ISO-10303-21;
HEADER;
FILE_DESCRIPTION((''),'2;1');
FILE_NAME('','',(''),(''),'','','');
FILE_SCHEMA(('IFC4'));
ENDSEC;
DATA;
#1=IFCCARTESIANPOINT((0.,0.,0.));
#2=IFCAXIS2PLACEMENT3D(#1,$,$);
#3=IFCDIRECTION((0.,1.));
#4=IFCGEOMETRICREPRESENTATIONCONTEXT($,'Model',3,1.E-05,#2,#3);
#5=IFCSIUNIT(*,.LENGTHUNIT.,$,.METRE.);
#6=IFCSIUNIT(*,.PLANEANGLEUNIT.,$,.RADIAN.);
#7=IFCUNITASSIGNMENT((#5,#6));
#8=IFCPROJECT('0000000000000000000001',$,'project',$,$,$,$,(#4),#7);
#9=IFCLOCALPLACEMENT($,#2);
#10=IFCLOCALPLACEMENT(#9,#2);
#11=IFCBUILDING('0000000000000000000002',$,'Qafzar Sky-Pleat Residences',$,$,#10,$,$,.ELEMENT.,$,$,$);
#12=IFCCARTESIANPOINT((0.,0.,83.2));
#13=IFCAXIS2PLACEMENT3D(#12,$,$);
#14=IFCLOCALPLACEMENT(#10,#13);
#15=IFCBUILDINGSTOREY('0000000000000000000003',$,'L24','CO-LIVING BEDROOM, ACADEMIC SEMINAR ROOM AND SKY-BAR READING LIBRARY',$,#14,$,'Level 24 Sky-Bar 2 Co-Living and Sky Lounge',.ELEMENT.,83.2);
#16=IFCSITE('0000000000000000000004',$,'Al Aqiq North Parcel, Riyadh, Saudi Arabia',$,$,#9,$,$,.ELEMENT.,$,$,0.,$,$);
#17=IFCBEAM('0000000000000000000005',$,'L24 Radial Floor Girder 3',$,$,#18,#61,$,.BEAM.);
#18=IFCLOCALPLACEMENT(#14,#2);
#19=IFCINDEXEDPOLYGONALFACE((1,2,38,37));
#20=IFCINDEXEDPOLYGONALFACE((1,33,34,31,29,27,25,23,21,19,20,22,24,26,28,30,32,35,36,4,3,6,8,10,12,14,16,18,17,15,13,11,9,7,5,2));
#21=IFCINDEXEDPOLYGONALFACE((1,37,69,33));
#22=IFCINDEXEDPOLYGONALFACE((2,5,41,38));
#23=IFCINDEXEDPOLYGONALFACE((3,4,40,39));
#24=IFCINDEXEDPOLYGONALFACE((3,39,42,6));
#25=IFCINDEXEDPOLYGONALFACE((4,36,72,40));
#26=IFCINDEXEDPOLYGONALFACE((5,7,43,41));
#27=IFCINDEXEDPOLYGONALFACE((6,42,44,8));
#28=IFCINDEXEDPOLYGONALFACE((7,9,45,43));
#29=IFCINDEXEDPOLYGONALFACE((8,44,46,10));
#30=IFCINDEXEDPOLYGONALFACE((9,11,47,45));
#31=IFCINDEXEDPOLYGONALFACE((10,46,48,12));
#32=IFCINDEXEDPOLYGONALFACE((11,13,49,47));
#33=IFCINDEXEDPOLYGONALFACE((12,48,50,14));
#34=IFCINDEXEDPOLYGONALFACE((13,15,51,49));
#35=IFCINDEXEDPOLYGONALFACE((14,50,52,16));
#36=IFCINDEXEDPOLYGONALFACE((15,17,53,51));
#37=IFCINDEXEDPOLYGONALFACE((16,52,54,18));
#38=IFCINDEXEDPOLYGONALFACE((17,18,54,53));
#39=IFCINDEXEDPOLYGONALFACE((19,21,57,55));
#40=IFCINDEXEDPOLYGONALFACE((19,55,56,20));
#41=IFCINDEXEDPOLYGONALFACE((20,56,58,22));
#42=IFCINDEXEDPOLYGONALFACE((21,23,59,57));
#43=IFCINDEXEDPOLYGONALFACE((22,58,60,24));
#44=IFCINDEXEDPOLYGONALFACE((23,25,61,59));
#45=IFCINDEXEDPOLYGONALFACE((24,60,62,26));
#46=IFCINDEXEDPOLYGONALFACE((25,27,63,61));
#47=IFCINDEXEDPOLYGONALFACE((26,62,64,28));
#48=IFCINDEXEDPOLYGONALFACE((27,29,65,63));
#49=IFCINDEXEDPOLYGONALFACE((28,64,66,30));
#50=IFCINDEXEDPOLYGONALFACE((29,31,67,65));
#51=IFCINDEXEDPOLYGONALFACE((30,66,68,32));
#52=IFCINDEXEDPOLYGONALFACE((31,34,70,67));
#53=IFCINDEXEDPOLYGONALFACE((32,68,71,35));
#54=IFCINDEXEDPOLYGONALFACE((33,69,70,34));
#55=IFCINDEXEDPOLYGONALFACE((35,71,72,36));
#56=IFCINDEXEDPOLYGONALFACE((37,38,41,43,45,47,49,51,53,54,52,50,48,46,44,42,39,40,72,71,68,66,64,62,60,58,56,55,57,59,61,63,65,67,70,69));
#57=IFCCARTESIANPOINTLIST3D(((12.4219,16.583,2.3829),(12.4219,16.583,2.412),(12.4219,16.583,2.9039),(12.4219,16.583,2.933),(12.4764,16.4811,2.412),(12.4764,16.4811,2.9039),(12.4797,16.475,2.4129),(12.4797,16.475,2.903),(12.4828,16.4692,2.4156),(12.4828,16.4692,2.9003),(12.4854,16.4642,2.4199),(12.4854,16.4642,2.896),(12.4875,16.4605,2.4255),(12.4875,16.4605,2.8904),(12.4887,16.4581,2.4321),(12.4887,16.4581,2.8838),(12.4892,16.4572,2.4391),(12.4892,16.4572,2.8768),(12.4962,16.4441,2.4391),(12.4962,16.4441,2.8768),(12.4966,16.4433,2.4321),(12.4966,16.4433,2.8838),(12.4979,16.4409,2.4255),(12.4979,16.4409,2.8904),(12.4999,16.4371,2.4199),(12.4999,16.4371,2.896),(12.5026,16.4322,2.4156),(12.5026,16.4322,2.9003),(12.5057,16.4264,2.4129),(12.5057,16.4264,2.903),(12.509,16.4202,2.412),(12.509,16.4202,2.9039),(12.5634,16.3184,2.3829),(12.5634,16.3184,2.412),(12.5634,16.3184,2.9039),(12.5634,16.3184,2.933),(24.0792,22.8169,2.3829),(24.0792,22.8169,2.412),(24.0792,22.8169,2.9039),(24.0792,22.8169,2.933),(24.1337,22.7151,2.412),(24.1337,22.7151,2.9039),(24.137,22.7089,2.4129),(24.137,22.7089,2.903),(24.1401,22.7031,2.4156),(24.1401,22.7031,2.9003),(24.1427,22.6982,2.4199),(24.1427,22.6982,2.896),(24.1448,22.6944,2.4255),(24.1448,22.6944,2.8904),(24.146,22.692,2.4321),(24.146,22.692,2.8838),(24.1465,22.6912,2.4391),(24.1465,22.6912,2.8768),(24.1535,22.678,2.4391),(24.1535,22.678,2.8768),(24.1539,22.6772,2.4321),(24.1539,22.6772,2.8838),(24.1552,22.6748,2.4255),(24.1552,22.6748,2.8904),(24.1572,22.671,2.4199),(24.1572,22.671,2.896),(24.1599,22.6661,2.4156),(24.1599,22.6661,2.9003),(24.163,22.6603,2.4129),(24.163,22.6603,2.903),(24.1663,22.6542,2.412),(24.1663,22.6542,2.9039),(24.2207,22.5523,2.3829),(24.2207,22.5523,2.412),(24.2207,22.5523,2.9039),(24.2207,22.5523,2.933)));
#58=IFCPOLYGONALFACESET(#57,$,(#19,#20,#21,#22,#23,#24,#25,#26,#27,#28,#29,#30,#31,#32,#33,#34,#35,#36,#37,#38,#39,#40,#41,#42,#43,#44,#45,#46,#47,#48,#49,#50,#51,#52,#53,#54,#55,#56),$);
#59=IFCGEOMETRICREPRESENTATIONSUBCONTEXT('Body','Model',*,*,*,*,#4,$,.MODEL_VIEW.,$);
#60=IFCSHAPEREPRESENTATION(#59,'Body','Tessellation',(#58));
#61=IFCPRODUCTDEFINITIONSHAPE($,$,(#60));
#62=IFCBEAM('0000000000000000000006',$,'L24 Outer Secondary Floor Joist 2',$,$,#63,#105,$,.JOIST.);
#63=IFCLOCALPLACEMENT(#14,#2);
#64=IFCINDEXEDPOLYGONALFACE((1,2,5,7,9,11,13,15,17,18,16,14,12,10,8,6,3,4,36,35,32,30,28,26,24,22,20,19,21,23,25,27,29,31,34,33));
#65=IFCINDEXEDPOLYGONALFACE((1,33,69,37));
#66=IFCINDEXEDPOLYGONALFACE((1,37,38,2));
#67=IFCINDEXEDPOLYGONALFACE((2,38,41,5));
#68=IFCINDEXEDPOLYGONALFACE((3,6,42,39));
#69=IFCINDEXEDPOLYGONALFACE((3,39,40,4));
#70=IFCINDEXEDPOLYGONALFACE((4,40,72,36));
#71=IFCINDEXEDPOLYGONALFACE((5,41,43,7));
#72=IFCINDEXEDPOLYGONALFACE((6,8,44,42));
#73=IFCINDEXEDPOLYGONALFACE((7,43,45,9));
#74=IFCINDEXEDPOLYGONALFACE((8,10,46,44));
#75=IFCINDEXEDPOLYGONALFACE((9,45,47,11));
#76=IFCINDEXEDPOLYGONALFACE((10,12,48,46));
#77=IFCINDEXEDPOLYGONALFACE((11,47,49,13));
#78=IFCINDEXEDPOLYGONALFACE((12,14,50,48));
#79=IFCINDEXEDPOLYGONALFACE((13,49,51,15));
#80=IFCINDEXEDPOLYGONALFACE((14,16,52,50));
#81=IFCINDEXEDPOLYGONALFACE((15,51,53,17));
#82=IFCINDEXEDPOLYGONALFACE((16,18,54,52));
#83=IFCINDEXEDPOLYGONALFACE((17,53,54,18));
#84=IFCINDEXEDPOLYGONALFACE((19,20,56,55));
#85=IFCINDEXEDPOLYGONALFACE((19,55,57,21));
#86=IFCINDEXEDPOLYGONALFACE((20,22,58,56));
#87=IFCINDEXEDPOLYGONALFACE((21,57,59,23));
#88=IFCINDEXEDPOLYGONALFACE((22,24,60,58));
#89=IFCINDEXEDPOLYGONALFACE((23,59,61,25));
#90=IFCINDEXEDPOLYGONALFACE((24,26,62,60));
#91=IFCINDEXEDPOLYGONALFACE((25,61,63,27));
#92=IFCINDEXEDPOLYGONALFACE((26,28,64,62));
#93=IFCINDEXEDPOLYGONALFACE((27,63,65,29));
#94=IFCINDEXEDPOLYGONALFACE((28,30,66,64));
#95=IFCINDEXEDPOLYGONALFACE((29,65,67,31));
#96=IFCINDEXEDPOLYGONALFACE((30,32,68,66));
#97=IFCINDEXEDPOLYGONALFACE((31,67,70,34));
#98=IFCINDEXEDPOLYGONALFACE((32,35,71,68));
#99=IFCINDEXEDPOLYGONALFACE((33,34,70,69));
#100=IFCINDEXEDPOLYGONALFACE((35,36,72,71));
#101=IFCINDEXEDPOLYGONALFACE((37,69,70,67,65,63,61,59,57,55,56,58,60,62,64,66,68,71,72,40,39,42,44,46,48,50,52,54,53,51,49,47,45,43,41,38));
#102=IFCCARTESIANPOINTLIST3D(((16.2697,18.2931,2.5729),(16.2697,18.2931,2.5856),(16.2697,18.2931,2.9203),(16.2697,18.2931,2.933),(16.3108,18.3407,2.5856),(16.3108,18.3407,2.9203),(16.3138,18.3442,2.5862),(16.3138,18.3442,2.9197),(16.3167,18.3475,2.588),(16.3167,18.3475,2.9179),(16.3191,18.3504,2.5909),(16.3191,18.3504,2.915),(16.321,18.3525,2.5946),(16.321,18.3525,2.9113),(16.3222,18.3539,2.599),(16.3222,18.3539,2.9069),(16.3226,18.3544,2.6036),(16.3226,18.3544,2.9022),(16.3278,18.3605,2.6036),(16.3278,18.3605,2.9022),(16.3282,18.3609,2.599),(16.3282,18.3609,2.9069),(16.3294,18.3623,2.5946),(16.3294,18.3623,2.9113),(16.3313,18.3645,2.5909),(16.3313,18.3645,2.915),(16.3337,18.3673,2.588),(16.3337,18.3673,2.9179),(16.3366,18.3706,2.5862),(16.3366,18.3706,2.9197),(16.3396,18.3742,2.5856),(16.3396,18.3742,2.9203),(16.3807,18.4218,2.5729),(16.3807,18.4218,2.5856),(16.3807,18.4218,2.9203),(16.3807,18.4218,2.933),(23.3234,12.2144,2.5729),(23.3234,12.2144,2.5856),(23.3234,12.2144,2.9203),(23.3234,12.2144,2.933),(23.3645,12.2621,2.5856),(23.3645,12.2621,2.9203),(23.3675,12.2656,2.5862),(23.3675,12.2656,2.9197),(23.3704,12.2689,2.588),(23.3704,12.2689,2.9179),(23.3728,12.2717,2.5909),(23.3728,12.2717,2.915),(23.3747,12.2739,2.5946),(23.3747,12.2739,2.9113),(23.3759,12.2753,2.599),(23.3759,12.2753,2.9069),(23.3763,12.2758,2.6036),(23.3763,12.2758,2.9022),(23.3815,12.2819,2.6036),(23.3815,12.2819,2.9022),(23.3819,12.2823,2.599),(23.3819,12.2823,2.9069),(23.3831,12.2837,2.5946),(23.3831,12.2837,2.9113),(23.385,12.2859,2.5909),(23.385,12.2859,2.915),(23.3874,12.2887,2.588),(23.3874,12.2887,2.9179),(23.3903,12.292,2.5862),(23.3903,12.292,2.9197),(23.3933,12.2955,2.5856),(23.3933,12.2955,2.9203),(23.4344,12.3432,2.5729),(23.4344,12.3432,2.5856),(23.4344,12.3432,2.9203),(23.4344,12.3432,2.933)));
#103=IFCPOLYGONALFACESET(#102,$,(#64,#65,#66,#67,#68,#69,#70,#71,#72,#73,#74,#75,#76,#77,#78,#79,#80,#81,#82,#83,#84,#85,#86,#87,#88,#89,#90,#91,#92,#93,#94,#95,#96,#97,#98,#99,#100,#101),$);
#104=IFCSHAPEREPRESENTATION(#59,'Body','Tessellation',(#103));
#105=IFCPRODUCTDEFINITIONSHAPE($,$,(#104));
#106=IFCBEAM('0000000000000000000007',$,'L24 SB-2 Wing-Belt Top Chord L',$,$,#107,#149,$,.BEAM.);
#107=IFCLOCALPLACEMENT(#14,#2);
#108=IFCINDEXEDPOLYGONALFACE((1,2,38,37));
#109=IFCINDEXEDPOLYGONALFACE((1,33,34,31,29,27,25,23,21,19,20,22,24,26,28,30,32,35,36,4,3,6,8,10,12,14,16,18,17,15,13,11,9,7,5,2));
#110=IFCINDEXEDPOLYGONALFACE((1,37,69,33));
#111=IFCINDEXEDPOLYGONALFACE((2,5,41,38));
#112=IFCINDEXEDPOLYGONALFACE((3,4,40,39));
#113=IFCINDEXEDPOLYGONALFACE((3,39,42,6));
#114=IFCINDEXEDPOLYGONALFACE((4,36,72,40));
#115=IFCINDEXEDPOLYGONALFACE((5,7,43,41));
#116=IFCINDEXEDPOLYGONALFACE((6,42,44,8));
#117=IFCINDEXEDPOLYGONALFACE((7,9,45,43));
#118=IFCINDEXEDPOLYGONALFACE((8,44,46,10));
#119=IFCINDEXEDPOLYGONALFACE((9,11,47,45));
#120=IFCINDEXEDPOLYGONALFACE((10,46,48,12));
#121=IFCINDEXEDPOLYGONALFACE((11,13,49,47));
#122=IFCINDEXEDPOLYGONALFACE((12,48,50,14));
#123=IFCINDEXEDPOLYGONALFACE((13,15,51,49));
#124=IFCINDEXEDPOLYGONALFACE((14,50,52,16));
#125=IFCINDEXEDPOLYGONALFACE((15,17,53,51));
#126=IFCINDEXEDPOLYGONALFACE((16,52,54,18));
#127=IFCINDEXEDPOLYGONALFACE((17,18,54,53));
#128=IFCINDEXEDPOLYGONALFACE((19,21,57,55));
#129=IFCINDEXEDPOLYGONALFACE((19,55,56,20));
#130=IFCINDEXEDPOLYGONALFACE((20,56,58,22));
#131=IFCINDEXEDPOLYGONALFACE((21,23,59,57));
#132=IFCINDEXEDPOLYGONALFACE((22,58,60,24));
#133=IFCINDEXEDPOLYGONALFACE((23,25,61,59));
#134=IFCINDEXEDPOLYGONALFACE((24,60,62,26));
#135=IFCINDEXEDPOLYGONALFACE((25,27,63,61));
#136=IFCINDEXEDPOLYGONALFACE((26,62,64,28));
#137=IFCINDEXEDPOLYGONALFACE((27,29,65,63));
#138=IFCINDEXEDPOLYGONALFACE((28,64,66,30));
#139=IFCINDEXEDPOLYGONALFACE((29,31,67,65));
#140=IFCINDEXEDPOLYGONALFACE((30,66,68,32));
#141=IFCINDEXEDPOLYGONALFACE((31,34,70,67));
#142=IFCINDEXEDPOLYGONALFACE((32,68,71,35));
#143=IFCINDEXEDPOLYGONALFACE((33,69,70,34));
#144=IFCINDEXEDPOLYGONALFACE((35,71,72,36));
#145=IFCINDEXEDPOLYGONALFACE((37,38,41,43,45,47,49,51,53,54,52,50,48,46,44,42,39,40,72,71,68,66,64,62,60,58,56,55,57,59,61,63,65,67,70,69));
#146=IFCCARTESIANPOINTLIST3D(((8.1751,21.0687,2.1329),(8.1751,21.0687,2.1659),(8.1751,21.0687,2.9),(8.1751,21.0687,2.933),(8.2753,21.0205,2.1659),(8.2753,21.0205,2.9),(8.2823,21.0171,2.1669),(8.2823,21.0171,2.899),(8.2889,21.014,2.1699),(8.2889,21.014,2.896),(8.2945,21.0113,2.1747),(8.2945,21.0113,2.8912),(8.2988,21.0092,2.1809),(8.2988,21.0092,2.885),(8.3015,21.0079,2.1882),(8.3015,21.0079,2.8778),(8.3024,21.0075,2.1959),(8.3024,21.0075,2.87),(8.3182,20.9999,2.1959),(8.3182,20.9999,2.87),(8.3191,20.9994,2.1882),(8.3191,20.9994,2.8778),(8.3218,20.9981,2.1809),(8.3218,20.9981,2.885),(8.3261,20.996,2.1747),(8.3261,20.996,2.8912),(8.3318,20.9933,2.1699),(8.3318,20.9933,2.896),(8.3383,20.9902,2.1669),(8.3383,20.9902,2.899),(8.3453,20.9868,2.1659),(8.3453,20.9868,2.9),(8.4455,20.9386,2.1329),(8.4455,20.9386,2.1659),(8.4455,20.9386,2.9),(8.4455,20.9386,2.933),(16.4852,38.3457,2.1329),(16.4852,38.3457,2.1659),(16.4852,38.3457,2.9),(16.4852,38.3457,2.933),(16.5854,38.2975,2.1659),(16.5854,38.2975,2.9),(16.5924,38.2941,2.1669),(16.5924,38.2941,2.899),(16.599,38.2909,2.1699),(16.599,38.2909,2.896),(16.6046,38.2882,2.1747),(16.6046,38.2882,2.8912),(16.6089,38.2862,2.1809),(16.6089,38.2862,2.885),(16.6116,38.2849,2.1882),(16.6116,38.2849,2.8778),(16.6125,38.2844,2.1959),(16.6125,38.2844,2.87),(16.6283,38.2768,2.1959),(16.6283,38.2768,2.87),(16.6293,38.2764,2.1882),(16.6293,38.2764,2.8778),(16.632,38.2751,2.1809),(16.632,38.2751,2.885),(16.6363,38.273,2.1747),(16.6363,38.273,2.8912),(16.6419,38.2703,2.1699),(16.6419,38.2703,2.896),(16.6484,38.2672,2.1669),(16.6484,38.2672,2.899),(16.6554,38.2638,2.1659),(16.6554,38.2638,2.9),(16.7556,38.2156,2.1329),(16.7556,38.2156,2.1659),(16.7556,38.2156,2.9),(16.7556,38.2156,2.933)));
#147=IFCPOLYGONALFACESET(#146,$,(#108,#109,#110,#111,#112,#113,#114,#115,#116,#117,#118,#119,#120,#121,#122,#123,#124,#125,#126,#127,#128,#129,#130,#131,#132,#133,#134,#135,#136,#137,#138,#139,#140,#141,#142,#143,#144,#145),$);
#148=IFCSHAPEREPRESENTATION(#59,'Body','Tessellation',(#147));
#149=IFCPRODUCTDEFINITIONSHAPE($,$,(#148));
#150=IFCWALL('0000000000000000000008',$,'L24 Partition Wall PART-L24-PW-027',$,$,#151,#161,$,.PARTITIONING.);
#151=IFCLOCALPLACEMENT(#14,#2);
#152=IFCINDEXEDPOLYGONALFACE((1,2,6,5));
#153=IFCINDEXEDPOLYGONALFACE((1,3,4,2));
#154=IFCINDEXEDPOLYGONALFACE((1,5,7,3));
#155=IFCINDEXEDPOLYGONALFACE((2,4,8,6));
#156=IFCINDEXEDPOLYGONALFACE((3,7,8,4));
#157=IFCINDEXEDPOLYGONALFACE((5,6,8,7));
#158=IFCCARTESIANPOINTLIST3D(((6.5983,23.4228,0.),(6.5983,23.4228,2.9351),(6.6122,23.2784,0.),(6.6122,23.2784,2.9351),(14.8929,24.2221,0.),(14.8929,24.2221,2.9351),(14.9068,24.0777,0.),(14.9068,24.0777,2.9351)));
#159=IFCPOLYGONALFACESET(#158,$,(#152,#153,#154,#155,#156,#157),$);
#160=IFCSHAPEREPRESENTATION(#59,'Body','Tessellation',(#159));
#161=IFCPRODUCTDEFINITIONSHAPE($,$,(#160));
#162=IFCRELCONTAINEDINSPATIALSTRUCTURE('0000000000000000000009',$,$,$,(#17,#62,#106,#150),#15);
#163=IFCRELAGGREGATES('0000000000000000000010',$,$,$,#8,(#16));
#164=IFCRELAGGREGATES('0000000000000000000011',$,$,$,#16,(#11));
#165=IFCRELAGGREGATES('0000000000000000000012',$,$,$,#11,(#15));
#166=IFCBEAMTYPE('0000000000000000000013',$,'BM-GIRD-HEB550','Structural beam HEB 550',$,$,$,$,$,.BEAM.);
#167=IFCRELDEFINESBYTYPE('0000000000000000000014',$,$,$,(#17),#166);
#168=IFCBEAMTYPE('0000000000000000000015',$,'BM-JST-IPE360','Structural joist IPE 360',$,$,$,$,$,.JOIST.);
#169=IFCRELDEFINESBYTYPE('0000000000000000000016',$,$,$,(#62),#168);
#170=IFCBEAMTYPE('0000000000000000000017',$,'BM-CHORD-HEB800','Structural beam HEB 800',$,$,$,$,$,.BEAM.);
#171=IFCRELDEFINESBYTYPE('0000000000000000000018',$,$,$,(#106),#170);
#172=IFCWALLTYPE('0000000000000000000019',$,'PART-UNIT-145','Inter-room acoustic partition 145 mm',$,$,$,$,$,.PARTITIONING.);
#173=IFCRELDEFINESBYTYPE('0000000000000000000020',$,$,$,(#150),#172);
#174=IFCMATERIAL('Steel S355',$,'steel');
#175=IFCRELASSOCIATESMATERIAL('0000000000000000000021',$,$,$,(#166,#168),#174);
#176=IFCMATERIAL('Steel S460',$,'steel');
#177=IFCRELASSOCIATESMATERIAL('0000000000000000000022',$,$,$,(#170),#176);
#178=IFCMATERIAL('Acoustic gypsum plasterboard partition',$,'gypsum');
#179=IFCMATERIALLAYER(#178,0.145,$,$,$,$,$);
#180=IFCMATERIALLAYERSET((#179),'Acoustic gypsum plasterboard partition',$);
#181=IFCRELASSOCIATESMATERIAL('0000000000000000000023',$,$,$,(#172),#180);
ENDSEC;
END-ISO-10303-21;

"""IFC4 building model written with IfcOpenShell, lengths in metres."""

from ifc_helpers import new_model, si_unit, direction, frame, frame_2d, origin, origin_2d, place, context, subcontext, project, spatial, rectangle, i_section, extrude, source, transform, mapped, material, layer, layer_set, material_profile, profile_set, type_object, element, save


model = new_model("IFC4")

# Units and contexts
model_context = context("Model", 3, precision=1e-05, world=origin(), true_north=direction((0.0, 1.0)))
body_context = subcontext(model_context, "Body", "Model", "MODEL_VIEW")
ifc_project = project(units=[si_unit("LENGTHUNIT", "METRE"), si_unit("PLANEANGLEUNIT", "RADIAN")], contexts=[model_context])

# Site, building, storey
site_placement = place(None, origin())
site = spatial("IfcSite", under=ifc_project, at=site_placement, Name="Al Aqiq North Parcel, Riyadh, Saudi Arabia", CompositionType="ELEMENT", RefElevation=0.0)
building_placement = place(site_placement, origin())
building = spatial("IfcBuilding", under=site, at=building_placement, Name="Qafzar Sky-Pleat Residences", CompositionType="ELEMENT")
storey_placement = place(building_placement, frame((0.0, 0.0, 83.2)))
storey = spatial("IfcBuildingStorey", under=building, at=storey_placement, Name="L24", Description="CO-LIVING BEDROOM, ACADEMIC SEMINAR ROOM AND SKY-BAR READING LIBRARY", LongName="Level 24 Sky-Bar 2 Co-Living and Sky Lounge", CompositionType="ELEMENT", Elevation=83.2)

# Shared definitions
ifc_material_1 = material(Name="Steel S460", Category="steel")

# Beams
ifc_material_2 = material(Name="Steel S355", Category="steel")
ifc_material_profile_1 = material_profile(ifc_material_2, i_section(OverallWidth=0.3, OverallDepth=0.55, WebThickness=0.0149, FlangeThickness=0.0291, FilletRadius=0.0271, at=origin_2d()), Name="HEB 550")
ifc_profile_set_1 = profile_set([ifc_material_profile_1], Name="Steel S355")
beam_type_1 = type_object("IfcBeamType", Name="BM-GIRD-HEB550", Description="Structural beam HEB 550", PredefinedType="BEAM", material=ifc_profile_set_1)
shared_shape_1 = source(origin(), body_context, "Body", "SweptSolid", [
    extrude(i_section(OverallWidth=0.3, OverallDepth=0.55, WebThickness=0.0149, FlangeThickness=0.0291, FilletRadius=0.0271, at=origin_2d()), origin(), (0.0, 0.0, 1.0), 13.2195),
])
beam_1_placement = place(storey_placement, frame((12.4927, 16.4507, 2.658), z_axis=(0.881828, 0.471571, 0.0), x_axis=(-0.471571, 0.881828, 0.0)))
element("IfcBeam", 1, at=beam_1_placement, inside=storey, type_object=beam_type_1, Name="L24 Radial Floor Girder 3", PredefinedType="BEAM", context=body_context, shape_type="MappedRepresentation", body=[
    mapped(shared_shape_1, transform((0.0, 0.0, 0.0), x_axis=(1.0, 0.0, 0.0), y_axis=(0.0, 1.0, 0.0), z_axis=(0.0, 0.0, 1.0), scale=1.0)),
])
ifc_material_profile_2 = material_profile(ifc_material_2, i_section(OverallWidth=0.1699, OverallDepth=0.3601, WebThickness=0.0081, FlangeThickness=0.0127, FilletRadius=0.0181, at=origin_2d()), Name="IPE 360")
ifc_profile_set_2 = profile_set([ifc_material_profile_2], Name="Steel S355")
beam_type_2 = type_object("IfcBeamType", Name="BM-JST-IPE360", Description="Structural joist IPE 360", PredefinedType="JOIST", material=ifc_profile_set_2)
shared_shape_2 = source(origin(), body_context, "Body", "SweptSolid", [
    extrude(i_section(OverallWidth=0.1699, OverallDepth=0.3601, WebThickness=0.0081, FlangeThickness=0.0127, FilletRadius=0.0181, at=origin_2d()), origin(), (0.0, 0.0, 1.0), 9.3115),
])
beam_2_placement = place(storey_placement, frame((16.3252, 18.3574, 2.7529), z_axis=(0.757525, -0.652806, 0.0), x_axis=(0.652806, 0.757525, 0.0)))
element("IfcBeam", 2, at=beam_2_placement, inside=storey, type_object=beam_type_2, Name="L24 Outer Secondary Floor Joist 2", PredefinedType="JOIST", context=body_context, shape_type="MappedRepresentation", body=[
    mapped(shared_shape_2, transform((0.0, 0.0, 0.0), x_axis=(1.0, 0.0, 0.0), y_axis=(0.0, 1.0, 0.0), z_axis=(0.0, 0.0, 1.0), scale=1.0)),
])
ifc_material_profile_3 = material_profile(ifc_material_1, i_section(OverallWidth=0.3, OverallDepth=0.8, WebThickness=0.0176, FlangeThickness=0.033, FilletRadius=0.03, at=origin_2d()), Name="HEB 800")
ifc_profile_set_3 = profile_set([ifc_material_profile_3], Name="Steel S460")
beam_type_3 = type_object("IfcBeamType", Name="BM-CHORD-HEB800", Description="Structural beam HEB 800", PredefinedType="BEAM", material=ifc_profile_set_3)
shared_shape_3 = source(origin(), body_context, "Body", "SweptSolid", [
    extrude(i_section(OverallWidth=0.3, OverallDepth=0.8, WebThickness=0.0176, FlangeThickness=0.033, FilletRadius=0.03, at=origin_2d()), origin(), (0.0, 0.0, 1.0), 19.1716),
])
beam_3_placement = place(storey_placement, frame((8.3103, 21.0037, 2.533), z_axis=(0.433459, 0.901173, 0.0), x_axis=(-0.901173, 0.433459, 0.0)))
element("IfcBeam", 3, at=beam_3_placement, inside=storey, type_object=beam_type_3, Name="L24 SB-2 Wing-Belt Top Chord L", PredefinedType="BEAM", context=body_context, shape_type="MappedRepresentation", body=[
    mapped(shared_shape_3, transform((0.0, 0.0, 0.0), x_axis=(1.0, 0.0, 0.0), y_axis=(0.0, 1.0, 0.0), z_axis=(0.0, 0.0, 1.0), scale=1.0)),
])

# Wall
ifc_material_3 = material(Name="Acoustic gypsum plasterboard partition", Category="gypsum")
ifc_layer_1 = layer(ifc_material_3, 0.145)
ifc_layer_set_1 = layer_set([ifc_layer_1], Name="Acoustic gypsum plasterboard partition")
wall_type_1 = type_object("IfcWallType", Name="PART-UNIT-145", Description="Inter-room acoustic partition 145 mm", PredefinedType="PARTITIONING", material=ifc_layer_set_1)
wall_1_placement = place(storey_placement, frame((6.6052, 23.3506, 0.0), z_axis=(0.0, 0.0, 1.0), x_axis=(0.995389, 0.095921, 0.0)))
element("IfcWall", 4, at=wall_1_placement, inside=storey, type_object=wall_type_1, Name="L24 Partition Wall PART-L24-PW-027", PredefinedType="PARTITIONING", context=body_context, shape_type="SweptSolid", body=[
    extrude(rectangle(XDim=8.333, YDim=0.145, at=frame_2d((4.1665, 0.0))), origin(), (0.0, 0.0, 1.0), 2.9351),
])

save(model, "model.ifc")
